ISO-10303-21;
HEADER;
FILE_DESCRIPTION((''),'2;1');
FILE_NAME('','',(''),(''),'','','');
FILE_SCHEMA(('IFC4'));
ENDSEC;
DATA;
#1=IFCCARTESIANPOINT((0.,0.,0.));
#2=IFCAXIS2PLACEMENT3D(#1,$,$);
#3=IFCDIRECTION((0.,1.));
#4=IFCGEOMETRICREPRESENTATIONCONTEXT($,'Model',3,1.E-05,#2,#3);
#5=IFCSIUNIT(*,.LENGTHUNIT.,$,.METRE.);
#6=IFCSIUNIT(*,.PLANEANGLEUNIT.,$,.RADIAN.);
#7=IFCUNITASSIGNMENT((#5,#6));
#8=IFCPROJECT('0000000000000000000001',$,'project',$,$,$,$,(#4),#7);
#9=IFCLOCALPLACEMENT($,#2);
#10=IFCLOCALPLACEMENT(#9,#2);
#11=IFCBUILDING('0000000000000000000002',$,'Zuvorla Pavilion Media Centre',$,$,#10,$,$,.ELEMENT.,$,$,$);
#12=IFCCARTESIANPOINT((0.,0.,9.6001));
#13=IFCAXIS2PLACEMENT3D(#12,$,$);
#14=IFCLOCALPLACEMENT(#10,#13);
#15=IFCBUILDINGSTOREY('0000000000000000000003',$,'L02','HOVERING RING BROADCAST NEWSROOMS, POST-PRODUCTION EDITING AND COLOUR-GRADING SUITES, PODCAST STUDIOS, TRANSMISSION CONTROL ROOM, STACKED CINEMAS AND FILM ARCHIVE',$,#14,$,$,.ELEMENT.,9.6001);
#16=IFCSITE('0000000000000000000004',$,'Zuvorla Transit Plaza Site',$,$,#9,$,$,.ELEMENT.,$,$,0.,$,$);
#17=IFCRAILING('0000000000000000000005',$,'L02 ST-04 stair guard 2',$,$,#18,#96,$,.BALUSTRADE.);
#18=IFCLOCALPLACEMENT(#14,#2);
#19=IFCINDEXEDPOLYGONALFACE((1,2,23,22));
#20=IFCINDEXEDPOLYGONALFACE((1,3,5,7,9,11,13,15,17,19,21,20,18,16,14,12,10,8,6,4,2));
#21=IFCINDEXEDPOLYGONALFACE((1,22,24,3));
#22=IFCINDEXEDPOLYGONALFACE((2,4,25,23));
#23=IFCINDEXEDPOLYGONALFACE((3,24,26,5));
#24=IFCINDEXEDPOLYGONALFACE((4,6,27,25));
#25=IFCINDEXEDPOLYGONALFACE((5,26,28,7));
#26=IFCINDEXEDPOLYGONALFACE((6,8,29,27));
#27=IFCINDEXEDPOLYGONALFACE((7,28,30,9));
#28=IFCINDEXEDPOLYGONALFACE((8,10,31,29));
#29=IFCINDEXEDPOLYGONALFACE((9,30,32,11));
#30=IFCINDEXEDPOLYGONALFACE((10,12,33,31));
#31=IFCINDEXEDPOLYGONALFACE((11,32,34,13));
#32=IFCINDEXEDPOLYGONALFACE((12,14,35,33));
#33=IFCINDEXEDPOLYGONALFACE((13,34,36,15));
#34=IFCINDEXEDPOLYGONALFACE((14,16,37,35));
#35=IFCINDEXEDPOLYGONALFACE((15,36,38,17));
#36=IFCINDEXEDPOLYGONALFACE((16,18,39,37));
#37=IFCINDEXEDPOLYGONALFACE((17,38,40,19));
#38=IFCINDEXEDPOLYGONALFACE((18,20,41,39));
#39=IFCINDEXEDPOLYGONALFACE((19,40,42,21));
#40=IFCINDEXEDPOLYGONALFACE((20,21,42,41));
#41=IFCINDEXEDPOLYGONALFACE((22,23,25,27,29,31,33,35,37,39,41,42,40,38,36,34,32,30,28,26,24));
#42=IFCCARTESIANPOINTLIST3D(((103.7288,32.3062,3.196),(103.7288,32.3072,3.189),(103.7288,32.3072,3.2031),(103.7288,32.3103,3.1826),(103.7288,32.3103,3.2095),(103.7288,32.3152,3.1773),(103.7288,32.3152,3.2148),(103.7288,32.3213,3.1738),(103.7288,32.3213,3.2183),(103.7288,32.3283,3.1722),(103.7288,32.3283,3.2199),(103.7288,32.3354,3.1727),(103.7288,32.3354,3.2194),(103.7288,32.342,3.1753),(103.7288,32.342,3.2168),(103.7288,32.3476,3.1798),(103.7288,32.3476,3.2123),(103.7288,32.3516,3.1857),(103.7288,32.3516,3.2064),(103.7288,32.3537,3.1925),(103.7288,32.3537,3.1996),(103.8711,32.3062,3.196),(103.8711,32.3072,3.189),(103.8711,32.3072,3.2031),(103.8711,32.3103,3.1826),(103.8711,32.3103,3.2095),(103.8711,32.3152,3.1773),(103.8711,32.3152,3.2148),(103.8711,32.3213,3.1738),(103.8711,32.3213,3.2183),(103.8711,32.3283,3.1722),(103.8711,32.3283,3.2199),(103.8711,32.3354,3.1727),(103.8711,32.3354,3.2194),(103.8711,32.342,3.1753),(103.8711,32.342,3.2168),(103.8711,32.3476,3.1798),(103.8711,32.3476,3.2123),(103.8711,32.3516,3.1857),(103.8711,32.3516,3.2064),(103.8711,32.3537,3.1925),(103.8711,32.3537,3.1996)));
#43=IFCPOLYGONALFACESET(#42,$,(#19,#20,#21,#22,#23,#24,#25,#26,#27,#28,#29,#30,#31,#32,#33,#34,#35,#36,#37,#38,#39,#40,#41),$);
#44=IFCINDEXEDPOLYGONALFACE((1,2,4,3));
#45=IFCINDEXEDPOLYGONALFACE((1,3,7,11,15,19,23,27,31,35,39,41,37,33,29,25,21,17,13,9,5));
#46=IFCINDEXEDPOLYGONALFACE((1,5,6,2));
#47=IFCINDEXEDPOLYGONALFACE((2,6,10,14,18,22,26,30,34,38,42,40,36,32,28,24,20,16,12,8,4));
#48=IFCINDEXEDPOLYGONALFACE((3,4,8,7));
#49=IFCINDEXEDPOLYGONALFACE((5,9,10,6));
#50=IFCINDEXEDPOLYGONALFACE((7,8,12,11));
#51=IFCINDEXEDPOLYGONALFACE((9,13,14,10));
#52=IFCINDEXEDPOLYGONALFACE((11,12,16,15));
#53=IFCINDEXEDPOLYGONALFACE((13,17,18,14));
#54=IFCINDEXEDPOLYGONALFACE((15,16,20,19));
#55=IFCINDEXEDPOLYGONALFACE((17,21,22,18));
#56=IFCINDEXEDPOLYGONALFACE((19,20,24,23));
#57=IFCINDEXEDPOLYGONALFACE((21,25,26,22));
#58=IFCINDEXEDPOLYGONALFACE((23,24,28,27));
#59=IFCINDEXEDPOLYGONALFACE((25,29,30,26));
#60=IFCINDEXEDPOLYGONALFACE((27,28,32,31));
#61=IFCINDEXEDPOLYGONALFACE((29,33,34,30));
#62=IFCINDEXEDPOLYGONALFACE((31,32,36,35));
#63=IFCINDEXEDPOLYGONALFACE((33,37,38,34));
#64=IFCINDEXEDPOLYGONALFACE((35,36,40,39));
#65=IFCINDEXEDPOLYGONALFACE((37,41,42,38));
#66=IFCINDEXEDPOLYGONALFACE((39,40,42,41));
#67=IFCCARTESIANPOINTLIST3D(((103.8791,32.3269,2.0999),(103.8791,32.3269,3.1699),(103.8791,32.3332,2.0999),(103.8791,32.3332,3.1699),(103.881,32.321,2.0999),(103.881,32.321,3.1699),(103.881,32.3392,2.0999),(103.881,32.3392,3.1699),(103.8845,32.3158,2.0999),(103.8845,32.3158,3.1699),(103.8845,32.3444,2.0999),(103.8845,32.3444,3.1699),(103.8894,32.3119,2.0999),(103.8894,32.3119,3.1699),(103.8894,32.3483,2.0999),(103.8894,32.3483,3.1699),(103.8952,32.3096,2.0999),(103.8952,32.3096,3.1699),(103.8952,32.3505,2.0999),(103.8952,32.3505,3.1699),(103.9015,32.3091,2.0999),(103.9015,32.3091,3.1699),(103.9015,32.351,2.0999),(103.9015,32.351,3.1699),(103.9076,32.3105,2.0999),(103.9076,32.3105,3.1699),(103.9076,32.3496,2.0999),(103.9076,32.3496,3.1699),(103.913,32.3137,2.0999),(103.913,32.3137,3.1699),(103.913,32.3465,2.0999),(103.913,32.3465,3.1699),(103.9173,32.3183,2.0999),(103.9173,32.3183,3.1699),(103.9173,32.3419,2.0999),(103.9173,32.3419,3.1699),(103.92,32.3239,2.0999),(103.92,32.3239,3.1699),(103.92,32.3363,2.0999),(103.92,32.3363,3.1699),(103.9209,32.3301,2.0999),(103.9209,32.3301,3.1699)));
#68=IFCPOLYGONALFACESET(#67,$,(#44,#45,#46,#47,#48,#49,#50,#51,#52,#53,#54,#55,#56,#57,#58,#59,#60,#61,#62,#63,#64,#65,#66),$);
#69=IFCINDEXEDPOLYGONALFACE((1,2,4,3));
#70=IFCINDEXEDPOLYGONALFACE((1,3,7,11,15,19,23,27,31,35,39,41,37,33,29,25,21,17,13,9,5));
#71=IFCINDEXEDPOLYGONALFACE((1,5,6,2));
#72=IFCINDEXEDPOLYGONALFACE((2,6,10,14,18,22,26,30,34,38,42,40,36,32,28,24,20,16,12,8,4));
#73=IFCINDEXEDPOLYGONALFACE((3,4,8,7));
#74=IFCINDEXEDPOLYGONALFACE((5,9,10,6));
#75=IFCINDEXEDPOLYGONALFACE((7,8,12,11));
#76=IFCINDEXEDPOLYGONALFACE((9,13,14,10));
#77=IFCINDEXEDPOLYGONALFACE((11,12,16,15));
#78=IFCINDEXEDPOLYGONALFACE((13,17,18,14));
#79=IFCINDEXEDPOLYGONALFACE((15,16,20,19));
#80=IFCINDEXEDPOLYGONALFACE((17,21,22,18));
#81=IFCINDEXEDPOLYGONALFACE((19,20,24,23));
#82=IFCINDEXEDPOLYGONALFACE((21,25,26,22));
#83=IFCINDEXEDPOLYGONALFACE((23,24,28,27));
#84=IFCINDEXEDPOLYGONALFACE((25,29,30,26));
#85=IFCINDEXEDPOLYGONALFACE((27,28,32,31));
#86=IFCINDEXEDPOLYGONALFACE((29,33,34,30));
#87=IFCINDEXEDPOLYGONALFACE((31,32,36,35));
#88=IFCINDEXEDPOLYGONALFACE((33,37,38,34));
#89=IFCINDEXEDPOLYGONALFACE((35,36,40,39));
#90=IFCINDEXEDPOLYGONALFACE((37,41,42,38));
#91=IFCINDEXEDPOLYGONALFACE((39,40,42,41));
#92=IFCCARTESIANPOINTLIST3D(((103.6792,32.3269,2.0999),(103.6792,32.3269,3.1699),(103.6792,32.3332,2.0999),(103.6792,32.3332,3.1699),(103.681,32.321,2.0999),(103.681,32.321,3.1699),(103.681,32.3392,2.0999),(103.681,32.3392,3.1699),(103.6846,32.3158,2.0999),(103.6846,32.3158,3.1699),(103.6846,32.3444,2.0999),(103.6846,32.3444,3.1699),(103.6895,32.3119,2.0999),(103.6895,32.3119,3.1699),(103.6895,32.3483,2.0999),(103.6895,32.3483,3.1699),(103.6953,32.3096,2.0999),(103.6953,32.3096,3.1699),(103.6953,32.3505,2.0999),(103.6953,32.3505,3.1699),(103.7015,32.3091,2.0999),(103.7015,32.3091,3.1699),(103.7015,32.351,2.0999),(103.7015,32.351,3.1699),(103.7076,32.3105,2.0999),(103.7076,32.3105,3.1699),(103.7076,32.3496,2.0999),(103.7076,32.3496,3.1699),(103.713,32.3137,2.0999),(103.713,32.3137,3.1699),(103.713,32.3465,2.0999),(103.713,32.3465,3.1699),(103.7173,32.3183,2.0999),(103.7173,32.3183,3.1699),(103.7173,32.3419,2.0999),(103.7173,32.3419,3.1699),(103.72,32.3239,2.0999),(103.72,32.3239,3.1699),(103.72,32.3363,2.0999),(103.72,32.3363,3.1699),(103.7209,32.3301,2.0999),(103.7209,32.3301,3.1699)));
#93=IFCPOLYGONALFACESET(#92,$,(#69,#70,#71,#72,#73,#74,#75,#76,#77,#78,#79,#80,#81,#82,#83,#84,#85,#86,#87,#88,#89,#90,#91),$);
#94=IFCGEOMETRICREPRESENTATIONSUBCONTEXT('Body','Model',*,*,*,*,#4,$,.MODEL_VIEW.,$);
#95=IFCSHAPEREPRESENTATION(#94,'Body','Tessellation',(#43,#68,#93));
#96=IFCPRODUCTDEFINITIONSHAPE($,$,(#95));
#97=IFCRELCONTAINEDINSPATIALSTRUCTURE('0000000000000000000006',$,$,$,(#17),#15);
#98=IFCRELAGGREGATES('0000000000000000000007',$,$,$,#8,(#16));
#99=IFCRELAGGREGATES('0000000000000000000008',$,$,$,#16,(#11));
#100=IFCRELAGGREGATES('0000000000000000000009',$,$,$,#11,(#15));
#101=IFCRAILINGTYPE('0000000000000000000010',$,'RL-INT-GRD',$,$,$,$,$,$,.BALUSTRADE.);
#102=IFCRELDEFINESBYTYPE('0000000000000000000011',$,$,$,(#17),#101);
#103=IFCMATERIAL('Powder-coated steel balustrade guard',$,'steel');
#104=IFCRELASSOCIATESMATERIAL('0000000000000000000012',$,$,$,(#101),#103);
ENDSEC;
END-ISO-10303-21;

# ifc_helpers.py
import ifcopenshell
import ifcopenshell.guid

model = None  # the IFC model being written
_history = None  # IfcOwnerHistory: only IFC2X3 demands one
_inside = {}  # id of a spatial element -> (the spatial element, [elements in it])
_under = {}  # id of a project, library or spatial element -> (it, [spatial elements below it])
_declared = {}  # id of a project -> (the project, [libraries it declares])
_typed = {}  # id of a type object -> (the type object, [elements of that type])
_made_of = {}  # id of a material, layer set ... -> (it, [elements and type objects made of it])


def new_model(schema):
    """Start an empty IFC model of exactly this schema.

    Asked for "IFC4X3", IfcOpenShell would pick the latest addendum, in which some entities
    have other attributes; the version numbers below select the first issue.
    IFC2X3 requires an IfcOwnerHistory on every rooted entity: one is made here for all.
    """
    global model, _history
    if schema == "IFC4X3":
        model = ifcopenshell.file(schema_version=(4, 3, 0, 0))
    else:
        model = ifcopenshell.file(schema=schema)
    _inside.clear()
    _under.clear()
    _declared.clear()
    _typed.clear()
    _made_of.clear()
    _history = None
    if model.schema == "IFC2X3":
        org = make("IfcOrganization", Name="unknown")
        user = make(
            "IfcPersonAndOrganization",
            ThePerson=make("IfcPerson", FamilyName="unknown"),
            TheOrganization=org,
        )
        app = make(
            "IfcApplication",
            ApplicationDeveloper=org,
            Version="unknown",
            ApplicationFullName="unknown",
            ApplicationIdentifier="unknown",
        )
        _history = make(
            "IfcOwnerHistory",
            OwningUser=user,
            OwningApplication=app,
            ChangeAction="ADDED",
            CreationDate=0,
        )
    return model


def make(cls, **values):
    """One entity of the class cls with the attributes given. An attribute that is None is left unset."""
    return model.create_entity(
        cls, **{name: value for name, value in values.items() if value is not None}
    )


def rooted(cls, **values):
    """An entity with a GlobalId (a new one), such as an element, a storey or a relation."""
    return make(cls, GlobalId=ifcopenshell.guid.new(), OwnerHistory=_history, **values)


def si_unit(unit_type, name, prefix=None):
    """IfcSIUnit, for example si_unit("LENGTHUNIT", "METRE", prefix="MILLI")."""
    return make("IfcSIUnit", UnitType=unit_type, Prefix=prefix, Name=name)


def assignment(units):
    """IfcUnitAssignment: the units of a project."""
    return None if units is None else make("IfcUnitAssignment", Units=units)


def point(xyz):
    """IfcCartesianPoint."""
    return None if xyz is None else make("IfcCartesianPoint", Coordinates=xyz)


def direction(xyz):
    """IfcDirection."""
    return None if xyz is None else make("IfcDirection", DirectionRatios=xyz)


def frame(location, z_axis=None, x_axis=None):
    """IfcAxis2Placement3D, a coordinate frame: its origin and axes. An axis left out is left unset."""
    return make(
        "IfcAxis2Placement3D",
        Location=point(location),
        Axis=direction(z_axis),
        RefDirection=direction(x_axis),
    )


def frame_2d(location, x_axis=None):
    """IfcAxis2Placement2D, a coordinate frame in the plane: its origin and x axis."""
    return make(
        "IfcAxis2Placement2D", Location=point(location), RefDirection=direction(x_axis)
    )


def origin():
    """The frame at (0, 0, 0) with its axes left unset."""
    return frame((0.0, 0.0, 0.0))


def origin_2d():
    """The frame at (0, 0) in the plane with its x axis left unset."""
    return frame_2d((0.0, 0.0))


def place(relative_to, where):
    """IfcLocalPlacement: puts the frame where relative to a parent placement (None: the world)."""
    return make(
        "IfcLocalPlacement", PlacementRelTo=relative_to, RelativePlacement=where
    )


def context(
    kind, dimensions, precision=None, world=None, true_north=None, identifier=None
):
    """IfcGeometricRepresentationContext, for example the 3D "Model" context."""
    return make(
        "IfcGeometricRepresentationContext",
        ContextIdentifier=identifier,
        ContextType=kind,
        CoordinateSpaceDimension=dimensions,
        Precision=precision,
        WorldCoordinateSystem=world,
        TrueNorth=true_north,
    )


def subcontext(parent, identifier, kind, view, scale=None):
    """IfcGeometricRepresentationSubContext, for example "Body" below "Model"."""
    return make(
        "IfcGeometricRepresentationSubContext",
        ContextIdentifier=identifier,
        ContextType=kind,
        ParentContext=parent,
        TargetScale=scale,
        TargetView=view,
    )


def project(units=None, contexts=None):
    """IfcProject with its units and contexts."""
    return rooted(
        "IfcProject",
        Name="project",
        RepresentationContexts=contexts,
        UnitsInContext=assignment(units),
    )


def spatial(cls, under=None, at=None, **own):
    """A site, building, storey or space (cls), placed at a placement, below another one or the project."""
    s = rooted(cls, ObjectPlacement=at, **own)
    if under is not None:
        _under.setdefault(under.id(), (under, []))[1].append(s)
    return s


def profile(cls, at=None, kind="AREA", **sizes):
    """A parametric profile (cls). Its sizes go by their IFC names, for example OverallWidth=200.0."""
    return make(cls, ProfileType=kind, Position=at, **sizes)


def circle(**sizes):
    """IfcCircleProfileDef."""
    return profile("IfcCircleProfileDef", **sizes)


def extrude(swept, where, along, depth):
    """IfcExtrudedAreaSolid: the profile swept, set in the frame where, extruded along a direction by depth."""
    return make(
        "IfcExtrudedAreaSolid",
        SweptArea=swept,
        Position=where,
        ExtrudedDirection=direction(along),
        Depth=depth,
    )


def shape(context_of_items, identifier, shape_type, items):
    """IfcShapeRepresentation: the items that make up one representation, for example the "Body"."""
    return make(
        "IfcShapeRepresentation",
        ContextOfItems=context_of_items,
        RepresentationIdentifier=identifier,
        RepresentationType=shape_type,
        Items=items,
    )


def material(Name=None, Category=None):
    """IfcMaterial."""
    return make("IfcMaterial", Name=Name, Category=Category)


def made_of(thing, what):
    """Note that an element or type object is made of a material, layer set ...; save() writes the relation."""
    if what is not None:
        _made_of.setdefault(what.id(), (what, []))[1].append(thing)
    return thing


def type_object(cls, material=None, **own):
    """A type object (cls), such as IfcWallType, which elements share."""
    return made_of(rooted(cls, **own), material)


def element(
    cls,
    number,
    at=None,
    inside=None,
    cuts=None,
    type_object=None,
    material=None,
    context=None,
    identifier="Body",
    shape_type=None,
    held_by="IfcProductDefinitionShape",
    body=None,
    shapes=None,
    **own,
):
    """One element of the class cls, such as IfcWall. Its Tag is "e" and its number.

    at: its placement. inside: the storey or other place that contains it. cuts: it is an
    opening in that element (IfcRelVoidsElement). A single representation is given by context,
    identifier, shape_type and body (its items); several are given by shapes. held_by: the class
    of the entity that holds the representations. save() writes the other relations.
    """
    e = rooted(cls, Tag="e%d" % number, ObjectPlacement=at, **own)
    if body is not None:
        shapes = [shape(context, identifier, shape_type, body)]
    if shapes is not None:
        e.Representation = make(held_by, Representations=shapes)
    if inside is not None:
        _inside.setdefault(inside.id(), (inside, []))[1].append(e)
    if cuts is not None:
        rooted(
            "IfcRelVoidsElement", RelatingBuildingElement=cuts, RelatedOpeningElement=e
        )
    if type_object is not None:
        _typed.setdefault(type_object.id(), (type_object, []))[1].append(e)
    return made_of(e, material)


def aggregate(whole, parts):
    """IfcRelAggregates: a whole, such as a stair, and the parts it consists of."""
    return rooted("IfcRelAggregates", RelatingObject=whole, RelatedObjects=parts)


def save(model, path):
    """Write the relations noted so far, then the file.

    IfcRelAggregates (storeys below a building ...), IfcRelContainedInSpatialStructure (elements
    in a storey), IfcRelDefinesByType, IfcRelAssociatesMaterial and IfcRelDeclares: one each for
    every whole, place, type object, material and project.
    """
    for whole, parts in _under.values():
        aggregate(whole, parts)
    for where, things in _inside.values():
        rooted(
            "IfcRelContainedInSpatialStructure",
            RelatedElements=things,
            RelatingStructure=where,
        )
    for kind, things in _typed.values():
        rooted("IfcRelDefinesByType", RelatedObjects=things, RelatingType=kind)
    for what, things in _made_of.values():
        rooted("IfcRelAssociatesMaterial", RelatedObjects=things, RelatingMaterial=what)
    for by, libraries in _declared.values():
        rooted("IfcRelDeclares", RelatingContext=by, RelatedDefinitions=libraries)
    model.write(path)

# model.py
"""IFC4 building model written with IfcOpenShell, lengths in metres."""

from ifc_helpers import new_model, si_unit, direction, frame, origin, origin_2d, place, context, subcontext, project, spatial, circle, extrude, material, type_object, element, save


model = new_model("IFC4")

# Units and contexts
model_context = context("Model", 3, precision=1e-05, world=origin(), true_north=direction((0.0, 1.0)))
body_context = subcontext(model_context, "Body", "Model", "MODEL_VIEW")
ifc_project = project(units=[si_unit("LENGTHUNIT", "METRE"), si_unit("PLANEANGLEUNIT", "RADIAN")], contexts=[model_context])

# Site, building, storey
site_placement = place(None, origin())
site = spatial("IfcSite", under=ifc_project, at=site_placement, Name="Zuvorla Transit Plaza Site", CompositionType="ELEMENT", RefElevation=0.0)
building_placement = place(site_placement, origin())
building = spatial("IfcBuilding", under=site, at=building_placement, Name="Zuvorla Pavilion Media Centre", CompositionType="ELEMENT")
storey_placement = place(building_placement, frame((0.0, 0.0, 9.6001)))
storey = spatial("IfcBuildingStorey", under=building, at=storey_placement, Name="L02", Description="HOVERING RING BROADCAST NEWSROOMS, POST-PRODUCTION EDITING AND COLOUR-GRADING SUITES, PODCAST STUDIOS, TRANSMISSION CONTROL ROOM, STACKED CINEMAS AND FILM ARCHIVE", CompositionType="ELEMENT", Elevation=9.6001)

# Railing
ifc_material_1 = material(Name="Powder-coated steel balustrade guard", Category="steel")
railing_type_1 = type_object("IfcRailingType", Name="RL-INT-GRD", PredefinedType="BALUSTRADE", material=ifc_material_1)
railing_1_placement = place(storey_placement, frame((103.8999, 32.3301, 2.0999)))
element("IfcRailing", 1, at=railing_1_placement, inside=storey, type_object=railing_type_1, Name="L02 ST-04 stair guard 2", PredefinedType="BALUSTRADE", context=body_context, shape_type="SweptSolid", body=[
    extrude(circle(Radius=0.0239, at=origin_2d()), frame((-0.0288, 0.0, 1.0962), z_axis=(-1.0, 0.0, 0.0), x_axis=(0.0, -1.0, 0.0)), (0.0, 0.0, 1.0), 0.1423),
    extrude(circle(Radius=0.021, at=origin_2d()), origin(), (0.0, 0.0, 1.0), 1.0701),
    extrude(circle(Radius=0.021, at=origin_2d()), frame((-0.2, 0.0, 0.0)), (0.0, 0.0, 1.0), 1.0701),
])

save(model, "model.ifc")
